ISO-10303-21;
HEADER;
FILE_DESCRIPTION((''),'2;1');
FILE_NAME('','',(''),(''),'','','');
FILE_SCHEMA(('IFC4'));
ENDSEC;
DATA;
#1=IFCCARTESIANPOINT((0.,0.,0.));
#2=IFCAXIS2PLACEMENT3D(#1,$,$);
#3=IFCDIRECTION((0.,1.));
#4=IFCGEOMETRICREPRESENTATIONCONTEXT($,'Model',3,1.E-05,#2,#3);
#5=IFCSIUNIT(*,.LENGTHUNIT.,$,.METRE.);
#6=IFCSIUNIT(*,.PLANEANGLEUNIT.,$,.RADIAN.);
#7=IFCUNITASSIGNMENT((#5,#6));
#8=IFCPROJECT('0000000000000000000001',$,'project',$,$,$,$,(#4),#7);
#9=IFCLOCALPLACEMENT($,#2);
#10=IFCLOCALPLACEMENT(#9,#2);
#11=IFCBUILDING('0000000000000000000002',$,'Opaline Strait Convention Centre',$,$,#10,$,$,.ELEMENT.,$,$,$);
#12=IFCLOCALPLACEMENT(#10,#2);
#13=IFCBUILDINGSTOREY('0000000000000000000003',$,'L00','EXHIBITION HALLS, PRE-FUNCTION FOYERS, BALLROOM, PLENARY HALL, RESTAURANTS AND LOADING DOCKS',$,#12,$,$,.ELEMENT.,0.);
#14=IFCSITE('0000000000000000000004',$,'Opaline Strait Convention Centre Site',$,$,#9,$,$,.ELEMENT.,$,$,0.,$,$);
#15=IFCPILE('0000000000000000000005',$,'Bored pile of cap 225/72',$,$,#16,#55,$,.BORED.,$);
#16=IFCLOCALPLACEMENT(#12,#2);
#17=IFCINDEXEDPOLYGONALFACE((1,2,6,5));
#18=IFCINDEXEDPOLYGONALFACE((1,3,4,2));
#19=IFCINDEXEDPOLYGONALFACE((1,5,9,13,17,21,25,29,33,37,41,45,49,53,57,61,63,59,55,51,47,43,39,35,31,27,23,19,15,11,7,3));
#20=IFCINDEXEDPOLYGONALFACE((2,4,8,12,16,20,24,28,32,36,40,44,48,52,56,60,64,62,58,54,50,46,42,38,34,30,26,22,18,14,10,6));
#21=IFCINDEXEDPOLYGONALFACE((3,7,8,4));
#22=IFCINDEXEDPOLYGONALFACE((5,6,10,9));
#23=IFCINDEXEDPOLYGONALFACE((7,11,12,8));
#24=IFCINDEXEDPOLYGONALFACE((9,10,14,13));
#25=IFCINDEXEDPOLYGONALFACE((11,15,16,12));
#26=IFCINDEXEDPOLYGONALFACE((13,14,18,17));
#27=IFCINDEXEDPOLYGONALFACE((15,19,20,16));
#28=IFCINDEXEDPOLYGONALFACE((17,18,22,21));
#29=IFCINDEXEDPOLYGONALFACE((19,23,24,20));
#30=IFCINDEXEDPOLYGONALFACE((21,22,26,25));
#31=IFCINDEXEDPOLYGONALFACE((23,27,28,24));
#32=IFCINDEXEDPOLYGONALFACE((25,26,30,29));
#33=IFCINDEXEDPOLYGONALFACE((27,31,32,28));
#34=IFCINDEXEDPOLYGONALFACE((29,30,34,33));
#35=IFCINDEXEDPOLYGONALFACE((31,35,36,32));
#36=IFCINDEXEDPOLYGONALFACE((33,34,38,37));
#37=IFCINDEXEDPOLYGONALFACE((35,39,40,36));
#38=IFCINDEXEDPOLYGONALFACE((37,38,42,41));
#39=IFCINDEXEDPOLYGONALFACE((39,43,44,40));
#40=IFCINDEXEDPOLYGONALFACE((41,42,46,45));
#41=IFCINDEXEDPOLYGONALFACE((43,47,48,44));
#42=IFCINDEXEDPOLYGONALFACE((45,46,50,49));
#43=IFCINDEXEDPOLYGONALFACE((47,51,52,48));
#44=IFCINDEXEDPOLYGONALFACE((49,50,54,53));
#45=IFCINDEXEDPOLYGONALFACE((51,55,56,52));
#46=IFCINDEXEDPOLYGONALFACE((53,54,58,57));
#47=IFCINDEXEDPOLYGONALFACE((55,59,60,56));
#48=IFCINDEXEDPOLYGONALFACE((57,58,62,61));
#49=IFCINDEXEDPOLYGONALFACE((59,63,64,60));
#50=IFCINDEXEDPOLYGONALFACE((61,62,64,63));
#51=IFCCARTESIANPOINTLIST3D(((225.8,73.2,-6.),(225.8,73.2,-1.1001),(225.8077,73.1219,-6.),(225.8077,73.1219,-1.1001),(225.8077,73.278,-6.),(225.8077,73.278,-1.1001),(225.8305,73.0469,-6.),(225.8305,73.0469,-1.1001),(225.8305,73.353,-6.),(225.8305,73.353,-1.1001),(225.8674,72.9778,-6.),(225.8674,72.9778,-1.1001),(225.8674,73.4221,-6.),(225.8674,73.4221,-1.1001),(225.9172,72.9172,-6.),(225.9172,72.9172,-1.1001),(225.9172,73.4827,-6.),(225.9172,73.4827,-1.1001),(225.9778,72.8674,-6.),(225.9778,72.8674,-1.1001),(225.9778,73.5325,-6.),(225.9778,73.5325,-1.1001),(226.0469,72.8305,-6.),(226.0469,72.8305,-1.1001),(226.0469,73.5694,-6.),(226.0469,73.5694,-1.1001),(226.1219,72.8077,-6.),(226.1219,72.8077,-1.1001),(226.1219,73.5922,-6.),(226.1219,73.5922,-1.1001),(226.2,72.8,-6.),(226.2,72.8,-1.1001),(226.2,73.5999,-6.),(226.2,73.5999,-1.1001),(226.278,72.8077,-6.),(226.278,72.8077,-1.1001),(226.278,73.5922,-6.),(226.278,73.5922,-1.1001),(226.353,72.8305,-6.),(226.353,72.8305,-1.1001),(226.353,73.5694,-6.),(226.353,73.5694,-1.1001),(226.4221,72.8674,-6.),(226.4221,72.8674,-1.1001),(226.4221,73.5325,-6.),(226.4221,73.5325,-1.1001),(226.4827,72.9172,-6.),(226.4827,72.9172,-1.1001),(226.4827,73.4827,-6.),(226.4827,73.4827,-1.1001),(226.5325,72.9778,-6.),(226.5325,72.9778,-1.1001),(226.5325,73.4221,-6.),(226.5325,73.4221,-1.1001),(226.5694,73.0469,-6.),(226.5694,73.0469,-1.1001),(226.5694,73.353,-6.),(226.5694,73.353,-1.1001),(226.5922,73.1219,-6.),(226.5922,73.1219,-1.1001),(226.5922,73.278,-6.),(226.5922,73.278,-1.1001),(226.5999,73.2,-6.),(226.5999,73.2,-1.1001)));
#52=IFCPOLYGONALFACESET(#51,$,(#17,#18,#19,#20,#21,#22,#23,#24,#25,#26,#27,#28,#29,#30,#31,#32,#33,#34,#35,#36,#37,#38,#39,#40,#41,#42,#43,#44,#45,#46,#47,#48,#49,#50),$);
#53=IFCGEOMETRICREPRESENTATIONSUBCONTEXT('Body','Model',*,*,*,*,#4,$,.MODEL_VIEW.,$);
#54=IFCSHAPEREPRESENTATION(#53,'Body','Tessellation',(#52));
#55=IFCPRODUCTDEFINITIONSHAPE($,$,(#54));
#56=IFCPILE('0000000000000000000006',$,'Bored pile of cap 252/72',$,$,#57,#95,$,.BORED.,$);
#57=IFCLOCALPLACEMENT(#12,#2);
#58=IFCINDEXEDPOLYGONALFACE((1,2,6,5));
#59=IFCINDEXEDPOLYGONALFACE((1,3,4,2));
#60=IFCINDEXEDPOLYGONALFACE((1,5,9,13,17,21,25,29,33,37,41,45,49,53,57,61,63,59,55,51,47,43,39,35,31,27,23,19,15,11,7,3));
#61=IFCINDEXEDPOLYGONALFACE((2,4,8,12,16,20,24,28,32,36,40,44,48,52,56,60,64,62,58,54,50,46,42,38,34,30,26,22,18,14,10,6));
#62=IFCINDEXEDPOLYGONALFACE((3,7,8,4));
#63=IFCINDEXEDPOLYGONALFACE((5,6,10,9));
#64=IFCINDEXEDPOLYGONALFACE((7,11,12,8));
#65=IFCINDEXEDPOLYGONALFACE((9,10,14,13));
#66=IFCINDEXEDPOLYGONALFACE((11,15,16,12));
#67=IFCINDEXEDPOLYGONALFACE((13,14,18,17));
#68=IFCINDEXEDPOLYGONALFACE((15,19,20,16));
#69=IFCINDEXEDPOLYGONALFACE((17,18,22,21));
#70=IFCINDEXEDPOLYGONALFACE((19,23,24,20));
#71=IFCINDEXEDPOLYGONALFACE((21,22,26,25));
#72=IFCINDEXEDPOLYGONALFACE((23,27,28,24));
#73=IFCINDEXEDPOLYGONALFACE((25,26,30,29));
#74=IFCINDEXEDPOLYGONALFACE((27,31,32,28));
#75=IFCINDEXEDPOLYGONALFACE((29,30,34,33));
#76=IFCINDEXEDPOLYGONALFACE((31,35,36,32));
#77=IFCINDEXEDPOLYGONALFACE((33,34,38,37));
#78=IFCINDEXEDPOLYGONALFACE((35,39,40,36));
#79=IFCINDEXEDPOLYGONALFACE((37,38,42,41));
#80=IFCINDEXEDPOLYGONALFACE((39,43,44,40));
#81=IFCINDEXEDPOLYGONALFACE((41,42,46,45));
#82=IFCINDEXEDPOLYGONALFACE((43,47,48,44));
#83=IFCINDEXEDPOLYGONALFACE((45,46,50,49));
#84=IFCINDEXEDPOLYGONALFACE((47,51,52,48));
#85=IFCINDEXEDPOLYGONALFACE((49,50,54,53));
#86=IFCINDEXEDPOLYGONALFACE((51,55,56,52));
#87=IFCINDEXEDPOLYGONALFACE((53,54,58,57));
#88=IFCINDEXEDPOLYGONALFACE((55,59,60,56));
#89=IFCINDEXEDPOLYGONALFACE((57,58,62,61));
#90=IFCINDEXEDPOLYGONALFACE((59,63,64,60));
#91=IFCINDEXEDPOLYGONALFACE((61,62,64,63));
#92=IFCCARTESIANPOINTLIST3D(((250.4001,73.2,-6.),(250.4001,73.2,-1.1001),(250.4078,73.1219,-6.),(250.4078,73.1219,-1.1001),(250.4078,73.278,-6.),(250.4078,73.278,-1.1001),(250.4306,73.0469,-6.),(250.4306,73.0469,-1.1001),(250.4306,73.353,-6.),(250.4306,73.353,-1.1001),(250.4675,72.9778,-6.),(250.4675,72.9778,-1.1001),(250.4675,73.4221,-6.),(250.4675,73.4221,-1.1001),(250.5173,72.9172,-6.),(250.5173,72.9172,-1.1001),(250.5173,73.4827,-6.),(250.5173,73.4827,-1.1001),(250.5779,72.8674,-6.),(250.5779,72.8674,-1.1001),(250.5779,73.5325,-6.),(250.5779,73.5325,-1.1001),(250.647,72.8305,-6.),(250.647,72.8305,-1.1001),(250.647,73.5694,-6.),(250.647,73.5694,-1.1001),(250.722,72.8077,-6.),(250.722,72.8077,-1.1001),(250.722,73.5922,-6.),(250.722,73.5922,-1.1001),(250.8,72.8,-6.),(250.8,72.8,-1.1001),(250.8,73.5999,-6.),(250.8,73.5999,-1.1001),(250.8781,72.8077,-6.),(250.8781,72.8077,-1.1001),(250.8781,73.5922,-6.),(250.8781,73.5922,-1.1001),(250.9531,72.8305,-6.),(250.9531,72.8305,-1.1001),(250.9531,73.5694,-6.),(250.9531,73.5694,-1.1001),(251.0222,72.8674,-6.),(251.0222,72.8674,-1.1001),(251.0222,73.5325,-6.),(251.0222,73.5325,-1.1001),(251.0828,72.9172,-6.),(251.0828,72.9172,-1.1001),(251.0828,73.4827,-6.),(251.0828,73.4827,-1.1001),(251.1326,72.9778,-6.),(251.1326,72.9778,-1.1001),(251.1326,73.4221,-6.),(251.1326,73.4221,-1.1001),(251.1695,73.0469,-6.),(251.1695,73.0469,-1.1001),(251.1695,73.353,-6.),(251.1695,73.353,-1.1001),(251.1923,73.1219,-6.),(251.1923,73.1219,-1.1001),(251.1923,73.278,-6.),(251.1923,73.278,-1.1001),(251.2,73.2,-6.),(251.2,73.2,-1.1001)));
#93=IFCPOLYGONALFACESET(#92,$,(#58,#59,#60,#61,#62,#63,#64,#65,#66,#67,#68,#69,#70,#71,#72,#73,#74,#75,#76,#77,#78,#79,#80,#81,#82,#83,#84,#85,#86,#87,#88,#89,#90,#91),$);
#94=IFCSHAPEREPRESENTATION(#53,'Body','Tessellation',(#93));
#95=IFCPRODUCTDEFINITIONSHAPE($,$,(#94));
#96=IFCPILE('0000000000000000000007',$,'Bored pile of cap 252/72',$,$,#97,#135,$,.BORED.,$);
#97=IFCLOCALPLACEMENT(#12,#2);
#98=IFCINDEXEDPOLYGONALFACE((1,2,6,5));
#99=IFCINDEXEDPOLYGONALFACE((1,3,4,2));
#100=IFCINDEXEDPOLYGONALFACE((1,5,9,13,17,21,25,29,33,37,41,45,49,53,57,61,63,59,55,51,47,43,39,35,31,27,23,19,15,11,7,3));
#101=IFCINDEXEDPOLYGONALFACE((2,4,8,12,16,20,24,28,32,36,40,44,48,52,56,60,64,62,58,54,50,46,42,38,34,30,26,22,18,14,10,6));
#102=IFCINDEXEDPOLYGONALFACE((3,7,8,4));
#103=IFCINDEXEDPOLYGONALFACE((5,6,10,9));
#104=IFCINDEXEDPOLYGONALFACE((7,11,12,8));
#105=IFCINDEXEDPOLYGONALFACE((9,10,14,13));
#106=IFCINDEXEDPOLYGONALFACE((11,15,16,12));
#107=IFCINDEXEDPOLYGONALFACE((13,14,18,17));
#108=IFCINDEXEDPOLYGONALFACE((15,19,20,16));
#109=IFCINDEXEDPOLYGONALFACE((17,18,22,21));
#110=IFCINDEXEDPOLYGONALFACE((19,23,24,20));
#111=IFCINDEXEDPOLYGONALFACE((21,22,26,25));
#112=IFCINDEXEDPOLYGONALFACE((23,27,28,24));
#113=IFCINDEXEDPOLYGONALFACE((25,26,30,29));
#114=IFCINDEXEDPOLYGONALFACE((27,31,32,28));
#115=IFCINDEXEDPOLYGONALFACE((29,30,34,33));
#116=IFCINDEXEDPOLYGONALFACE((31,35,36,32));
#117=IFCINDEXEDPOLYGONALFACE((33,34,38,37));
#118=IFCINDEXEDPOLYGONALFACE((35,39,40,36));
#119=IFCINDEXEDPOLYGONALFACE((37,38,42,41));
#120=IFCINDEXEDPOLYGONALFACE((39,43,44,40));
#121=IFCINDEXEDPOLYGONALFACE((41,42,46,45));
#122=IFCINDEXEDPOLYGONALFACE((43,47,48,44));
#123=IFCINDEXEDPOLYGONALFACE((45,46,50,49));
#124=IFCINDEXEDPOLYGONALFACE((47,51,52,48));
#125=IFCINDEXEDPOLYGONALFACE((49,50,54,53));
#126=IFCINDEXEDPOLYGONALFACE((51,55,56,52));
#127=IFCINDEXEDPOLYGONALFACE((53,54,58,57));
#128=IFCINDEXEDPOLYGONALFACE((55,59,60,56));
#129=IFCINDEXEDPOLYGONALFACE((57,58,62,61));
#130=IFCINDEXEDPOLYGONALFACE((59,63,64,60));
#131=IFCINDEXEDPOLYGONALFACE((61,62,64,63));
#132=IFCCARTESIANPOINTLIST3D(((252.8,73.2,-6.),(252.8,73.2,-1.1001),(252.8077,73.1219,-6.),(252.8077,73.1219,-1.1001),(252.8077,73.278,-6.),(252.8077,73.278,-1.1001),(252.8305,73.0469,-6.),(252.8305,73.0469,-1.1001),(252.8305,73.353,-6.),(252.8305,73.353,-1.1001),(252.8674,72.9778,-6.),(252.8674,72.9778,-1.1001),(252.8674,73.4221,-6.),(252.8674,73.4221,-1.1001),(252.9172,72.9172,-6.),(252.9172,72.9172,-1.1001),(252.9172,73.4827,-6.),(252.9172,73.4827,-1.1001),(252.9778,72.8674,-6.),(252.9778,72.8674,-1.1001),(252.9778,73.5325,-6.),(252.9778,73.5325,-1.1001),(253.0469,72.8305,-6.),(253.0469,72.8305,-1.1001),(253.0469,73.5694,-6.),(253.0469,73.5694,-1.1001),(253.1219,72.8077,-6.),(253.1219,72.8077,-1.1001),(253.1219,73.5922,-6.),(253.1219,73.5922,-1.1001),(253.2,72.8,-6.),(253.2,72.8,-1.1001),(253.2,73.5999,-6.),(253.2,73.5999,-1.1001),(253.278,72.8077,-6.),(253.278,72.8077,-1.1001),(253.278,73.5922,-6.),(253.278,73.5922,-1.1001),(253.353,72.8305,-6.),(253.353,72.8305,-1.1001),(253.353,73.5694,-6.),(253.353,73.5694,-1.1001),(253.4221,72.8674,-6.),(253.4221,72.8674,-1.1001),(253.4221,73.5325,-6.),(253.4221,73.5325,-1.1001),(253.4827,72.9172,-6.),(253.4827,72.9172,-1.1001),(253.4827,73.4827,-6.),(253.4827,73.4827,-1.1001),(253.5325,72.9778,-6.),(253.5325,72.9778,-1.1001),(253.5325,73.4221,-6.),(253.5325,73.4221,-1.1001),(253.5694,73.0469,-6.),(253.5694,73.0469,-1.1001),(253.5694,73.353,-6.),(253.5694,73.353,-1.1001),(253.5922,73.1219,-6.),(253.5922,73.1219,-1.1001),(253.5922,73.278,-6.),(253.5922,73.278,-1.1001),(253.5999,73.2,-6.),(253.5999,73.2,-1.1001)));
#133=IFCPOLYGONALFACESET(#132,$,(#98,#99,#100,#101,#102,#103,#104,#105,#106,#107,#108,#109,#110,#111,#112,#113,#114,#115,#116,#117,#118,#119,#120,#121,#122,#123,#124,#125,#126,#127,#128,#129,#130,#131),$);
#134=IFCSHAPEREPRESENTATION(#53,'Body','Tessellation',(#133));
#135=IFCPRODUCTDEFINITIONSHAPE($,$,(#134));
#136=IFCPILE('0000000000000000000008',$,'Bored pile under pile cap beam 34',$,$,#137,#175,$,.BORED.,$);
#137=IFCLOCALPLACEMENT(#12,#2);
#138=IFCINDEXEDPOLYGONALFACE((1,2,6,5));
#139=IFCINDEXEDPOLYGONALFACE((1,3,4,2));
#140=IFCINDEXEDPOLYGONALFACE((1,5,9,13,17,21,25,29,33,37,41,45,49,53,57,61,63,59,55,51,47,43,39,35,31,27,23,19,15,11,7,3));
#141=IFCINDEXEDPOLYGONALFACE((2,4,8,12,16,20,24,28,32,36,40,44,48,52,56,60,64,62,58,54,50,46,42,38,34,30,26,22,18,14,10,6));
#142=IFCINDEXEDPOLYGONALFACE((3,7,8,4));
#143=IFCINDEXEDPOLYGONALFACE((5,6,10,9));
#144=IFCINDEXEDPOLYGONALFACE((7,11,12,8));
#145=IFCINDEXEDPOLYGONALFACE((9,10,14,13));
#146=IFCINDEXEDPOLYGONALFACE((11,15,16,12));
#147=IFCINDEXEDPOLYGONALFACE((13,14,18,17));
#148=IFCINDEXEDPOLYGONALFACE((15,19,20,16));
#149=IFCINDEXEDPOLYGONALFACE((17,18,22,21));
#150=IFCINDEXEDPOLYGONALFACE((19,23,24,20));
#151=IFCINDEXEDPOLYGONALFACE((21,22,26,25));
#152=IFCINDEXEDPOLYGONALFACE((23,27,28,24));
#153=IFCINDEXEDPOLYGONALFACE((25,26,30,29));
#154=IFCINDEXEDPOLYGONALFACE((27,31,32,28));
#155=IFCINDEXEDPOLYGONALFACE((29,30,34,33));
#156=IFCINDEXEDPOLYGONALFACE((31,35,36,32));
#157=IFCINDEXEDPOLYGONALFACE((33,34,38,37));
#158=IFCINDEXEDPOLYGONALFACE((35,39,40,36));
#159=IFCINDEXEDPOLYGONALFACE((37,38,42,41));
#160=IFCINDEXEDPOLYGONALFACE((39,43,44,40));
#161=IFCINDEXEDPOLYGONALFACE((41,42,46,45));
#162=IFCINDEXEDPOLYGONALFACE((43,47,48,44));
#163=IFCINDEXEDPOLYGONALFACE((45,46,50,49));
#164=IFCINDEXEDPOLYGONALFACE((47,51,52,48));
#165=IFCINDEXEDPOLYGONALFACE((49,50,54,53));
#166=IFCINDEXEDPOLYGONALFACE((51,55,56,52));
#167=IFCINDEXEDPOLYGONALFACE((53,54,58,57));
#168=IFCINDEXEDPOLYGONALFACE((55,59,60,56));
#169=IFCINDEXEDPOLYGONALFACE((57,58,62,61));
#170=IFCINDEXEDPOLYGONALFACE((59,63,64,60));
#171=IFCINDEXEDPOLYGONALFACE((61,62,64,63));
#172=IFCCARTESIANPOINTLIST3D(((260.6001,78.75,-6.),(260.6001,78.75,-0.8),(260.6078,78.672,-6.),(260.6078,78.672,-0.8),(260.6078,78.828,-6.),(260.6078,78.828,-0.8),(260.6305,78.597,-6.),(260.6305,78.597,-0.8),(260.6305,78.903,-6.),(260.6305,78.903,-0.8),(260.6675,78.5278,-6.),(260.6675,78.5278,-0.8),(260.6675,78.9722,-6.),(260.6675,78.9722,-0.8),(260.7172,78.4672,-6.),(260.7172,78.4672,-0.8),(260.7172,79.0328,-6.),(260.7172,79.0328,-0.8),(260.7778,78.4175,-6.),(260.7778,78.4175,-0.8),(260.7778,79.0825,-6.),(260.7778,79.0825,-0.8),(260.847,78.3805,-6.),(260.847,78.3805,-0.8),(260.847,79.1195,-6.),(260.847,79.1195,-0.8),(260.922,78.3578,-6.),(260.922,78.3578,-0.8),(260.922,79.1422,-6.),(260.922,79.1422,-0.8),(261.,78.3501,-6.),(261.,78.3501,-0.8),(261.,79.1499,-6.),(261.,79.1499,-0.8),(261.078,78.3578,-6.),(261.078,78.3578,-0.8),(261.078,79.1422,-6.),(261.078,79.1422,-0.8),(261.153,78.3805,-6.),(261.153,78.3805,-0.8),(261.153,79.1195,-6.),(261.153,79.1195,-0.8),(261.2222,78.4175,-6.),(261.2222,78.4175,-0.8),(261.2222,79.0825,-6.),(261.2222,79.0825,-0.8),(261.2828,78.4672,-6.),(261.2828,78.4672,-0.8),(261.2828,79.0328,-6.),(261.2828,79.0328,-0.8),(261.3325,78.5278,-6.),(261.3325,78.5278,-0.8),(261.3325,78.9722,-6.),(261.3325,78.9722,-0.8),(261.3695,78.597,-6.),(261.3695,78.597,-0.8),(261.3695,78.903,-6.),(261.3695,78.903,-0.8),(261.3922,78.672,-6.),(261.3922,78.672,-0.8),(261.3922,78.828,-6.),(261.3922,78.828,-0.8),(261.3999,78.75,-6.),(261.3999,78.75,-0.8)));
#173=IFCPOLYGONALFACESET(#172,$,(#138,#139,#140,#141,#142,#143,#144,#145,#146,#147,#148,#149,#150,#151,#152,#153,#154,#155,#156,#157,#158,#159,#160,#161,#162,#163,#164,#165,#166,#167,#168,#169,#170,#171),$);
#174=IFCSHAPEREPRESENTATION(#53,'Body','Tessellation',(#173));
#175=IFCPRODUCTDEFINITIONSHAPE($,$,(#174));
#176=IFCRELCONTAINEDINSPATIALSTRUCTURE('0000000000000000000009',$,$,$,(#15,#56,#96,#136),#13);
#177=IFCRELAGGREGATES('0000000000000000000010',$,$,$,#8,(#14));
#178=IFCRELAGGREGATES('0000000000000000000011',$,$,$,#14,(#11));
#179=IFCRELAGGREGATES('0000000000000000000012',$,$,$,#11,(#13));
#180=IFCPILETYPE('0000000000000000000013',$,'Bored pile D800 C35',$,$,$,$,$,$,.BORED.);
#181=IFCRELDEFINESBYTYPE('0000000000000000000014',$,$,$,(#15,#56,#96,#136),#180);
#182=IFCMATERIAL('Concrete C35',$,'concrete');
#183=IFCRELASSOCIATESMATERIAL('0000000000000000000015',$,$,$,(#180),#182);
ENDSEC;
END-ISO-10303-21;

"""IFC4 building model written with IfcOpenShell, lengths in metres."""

from ifc_helpers import new_model, si_unit, direction, frame, origin, origin_2d, place, context, subcontext, project, spatial, circle, extrude, material, material_profile, profile_set, type_object, element, save


model = new_model("IFC4")

# Units and contexts
model_context = context("Model", 3, precision=1e-05, world=origin(), true_north=direction((0.0, 1.0)))
body_context = subcontext(model_context, "Body", "Model", "MODEL_VIEW")
ifc_project = project(units=[si_unit("LENGTHUNIT", "METRE"), si_unit("PLANEANGLEUNIT", "RADIAN")], contexts=[model_context])

# Site, building, storey
site_placement = place(None, origin())
site = spatial("IfcSite", under=ifc_project, at=site_placement, Name="Opaline Strait Convention Centre Site", CompositionType="ELEMENT", RefElevation=0.0)
building_placement = place(site_placement, origin())
building = spatial("IfcBuilding", under=site, at=building_placement, Name="Opaline Strait Convention Centre", CompositionType="ELEMENT")
storey_placement = place(building_placement, origin())
storey = spatial("IfcBuildingStorey", under=building, at=storey_placement, Name="L00", Description="EXHIBITION HALLS, PRE-FUNCTION FOYERS, BALLROOM, PLENARY HALL, RESTAURANTS AND LOADING DOCKS", CompositionType="ELEMENT", Elevation=0.0)

# Piles
ifc_material_1 = material(Name="Concrete C35", Category="concrete")
ifc_material_profile_1 = material_profile(ifc_material_1, circle(Radius=0.3999, at=origin_2d()), Name="D800")
ifc_profile_set_1 = profile_set([ifc_material_profile_1], Name="Concrete C35")
pile_type_1 = type_object("IfcPileType", Name="Bored pile D800 C35", PredefinedType="BORED", material=ifc_profile_set_1)
for number, where, z_axis, x_axis, name in (
    (1, (226.2, 73.2, -1.1001), (0.0, 0.0, -1.0), (1.0, 0.0, 0.0), "Bored pile of cap 225/72"),
    (2, (250.8, 73.2, -1.1001), (0.0, 0.0, -1.0), (1.0, 0.0, 0.0), "Bored pile of cap 252/72"),
    (3, (253.2, 73.2, -1.1001), (0.0, 0.0, -1.0), (1.0, 0.0, 0.0), "Bored pile of cap 252/72"),
):
    element("IfcPile", number, at=place(storey_placement, frame(where, z_axis=z_axis, x_axis=x_axis)), inside=storey, type_object=pile_type_1, Name=name, PredefinedType="BORED", context=body_context, shape_type="SweptSolid", body=[
        extrude(circle(Radius=0.3999, at=origin_2d()), origin(), (0.0, 0.0, 1.0), 4.8999),
    ])
for number, where, z_axis, x_axis, name in (
    (4, (261.0, 78.75, -0.8), (0.0, 0.0, -1.0), (1.0, 0.0, 0.0), "Bored pile under pile cap beam 34"),
):
    element("IfcPile", number, at=place(storey_placement, frame(where, z_axis=z_axis, x_axis=x_axis)), inside=storey, type_object=pile_type_1, Name=name, PredefinedType="BORED", context=body_context, shape_type="SweptSolid", body=[
        extrude(circle(Radius=0.3999, at=origin_2d()), origin(), (0.0, 0.0, 1.0), 5.2),
    ])

save(model, "model.ifc")
